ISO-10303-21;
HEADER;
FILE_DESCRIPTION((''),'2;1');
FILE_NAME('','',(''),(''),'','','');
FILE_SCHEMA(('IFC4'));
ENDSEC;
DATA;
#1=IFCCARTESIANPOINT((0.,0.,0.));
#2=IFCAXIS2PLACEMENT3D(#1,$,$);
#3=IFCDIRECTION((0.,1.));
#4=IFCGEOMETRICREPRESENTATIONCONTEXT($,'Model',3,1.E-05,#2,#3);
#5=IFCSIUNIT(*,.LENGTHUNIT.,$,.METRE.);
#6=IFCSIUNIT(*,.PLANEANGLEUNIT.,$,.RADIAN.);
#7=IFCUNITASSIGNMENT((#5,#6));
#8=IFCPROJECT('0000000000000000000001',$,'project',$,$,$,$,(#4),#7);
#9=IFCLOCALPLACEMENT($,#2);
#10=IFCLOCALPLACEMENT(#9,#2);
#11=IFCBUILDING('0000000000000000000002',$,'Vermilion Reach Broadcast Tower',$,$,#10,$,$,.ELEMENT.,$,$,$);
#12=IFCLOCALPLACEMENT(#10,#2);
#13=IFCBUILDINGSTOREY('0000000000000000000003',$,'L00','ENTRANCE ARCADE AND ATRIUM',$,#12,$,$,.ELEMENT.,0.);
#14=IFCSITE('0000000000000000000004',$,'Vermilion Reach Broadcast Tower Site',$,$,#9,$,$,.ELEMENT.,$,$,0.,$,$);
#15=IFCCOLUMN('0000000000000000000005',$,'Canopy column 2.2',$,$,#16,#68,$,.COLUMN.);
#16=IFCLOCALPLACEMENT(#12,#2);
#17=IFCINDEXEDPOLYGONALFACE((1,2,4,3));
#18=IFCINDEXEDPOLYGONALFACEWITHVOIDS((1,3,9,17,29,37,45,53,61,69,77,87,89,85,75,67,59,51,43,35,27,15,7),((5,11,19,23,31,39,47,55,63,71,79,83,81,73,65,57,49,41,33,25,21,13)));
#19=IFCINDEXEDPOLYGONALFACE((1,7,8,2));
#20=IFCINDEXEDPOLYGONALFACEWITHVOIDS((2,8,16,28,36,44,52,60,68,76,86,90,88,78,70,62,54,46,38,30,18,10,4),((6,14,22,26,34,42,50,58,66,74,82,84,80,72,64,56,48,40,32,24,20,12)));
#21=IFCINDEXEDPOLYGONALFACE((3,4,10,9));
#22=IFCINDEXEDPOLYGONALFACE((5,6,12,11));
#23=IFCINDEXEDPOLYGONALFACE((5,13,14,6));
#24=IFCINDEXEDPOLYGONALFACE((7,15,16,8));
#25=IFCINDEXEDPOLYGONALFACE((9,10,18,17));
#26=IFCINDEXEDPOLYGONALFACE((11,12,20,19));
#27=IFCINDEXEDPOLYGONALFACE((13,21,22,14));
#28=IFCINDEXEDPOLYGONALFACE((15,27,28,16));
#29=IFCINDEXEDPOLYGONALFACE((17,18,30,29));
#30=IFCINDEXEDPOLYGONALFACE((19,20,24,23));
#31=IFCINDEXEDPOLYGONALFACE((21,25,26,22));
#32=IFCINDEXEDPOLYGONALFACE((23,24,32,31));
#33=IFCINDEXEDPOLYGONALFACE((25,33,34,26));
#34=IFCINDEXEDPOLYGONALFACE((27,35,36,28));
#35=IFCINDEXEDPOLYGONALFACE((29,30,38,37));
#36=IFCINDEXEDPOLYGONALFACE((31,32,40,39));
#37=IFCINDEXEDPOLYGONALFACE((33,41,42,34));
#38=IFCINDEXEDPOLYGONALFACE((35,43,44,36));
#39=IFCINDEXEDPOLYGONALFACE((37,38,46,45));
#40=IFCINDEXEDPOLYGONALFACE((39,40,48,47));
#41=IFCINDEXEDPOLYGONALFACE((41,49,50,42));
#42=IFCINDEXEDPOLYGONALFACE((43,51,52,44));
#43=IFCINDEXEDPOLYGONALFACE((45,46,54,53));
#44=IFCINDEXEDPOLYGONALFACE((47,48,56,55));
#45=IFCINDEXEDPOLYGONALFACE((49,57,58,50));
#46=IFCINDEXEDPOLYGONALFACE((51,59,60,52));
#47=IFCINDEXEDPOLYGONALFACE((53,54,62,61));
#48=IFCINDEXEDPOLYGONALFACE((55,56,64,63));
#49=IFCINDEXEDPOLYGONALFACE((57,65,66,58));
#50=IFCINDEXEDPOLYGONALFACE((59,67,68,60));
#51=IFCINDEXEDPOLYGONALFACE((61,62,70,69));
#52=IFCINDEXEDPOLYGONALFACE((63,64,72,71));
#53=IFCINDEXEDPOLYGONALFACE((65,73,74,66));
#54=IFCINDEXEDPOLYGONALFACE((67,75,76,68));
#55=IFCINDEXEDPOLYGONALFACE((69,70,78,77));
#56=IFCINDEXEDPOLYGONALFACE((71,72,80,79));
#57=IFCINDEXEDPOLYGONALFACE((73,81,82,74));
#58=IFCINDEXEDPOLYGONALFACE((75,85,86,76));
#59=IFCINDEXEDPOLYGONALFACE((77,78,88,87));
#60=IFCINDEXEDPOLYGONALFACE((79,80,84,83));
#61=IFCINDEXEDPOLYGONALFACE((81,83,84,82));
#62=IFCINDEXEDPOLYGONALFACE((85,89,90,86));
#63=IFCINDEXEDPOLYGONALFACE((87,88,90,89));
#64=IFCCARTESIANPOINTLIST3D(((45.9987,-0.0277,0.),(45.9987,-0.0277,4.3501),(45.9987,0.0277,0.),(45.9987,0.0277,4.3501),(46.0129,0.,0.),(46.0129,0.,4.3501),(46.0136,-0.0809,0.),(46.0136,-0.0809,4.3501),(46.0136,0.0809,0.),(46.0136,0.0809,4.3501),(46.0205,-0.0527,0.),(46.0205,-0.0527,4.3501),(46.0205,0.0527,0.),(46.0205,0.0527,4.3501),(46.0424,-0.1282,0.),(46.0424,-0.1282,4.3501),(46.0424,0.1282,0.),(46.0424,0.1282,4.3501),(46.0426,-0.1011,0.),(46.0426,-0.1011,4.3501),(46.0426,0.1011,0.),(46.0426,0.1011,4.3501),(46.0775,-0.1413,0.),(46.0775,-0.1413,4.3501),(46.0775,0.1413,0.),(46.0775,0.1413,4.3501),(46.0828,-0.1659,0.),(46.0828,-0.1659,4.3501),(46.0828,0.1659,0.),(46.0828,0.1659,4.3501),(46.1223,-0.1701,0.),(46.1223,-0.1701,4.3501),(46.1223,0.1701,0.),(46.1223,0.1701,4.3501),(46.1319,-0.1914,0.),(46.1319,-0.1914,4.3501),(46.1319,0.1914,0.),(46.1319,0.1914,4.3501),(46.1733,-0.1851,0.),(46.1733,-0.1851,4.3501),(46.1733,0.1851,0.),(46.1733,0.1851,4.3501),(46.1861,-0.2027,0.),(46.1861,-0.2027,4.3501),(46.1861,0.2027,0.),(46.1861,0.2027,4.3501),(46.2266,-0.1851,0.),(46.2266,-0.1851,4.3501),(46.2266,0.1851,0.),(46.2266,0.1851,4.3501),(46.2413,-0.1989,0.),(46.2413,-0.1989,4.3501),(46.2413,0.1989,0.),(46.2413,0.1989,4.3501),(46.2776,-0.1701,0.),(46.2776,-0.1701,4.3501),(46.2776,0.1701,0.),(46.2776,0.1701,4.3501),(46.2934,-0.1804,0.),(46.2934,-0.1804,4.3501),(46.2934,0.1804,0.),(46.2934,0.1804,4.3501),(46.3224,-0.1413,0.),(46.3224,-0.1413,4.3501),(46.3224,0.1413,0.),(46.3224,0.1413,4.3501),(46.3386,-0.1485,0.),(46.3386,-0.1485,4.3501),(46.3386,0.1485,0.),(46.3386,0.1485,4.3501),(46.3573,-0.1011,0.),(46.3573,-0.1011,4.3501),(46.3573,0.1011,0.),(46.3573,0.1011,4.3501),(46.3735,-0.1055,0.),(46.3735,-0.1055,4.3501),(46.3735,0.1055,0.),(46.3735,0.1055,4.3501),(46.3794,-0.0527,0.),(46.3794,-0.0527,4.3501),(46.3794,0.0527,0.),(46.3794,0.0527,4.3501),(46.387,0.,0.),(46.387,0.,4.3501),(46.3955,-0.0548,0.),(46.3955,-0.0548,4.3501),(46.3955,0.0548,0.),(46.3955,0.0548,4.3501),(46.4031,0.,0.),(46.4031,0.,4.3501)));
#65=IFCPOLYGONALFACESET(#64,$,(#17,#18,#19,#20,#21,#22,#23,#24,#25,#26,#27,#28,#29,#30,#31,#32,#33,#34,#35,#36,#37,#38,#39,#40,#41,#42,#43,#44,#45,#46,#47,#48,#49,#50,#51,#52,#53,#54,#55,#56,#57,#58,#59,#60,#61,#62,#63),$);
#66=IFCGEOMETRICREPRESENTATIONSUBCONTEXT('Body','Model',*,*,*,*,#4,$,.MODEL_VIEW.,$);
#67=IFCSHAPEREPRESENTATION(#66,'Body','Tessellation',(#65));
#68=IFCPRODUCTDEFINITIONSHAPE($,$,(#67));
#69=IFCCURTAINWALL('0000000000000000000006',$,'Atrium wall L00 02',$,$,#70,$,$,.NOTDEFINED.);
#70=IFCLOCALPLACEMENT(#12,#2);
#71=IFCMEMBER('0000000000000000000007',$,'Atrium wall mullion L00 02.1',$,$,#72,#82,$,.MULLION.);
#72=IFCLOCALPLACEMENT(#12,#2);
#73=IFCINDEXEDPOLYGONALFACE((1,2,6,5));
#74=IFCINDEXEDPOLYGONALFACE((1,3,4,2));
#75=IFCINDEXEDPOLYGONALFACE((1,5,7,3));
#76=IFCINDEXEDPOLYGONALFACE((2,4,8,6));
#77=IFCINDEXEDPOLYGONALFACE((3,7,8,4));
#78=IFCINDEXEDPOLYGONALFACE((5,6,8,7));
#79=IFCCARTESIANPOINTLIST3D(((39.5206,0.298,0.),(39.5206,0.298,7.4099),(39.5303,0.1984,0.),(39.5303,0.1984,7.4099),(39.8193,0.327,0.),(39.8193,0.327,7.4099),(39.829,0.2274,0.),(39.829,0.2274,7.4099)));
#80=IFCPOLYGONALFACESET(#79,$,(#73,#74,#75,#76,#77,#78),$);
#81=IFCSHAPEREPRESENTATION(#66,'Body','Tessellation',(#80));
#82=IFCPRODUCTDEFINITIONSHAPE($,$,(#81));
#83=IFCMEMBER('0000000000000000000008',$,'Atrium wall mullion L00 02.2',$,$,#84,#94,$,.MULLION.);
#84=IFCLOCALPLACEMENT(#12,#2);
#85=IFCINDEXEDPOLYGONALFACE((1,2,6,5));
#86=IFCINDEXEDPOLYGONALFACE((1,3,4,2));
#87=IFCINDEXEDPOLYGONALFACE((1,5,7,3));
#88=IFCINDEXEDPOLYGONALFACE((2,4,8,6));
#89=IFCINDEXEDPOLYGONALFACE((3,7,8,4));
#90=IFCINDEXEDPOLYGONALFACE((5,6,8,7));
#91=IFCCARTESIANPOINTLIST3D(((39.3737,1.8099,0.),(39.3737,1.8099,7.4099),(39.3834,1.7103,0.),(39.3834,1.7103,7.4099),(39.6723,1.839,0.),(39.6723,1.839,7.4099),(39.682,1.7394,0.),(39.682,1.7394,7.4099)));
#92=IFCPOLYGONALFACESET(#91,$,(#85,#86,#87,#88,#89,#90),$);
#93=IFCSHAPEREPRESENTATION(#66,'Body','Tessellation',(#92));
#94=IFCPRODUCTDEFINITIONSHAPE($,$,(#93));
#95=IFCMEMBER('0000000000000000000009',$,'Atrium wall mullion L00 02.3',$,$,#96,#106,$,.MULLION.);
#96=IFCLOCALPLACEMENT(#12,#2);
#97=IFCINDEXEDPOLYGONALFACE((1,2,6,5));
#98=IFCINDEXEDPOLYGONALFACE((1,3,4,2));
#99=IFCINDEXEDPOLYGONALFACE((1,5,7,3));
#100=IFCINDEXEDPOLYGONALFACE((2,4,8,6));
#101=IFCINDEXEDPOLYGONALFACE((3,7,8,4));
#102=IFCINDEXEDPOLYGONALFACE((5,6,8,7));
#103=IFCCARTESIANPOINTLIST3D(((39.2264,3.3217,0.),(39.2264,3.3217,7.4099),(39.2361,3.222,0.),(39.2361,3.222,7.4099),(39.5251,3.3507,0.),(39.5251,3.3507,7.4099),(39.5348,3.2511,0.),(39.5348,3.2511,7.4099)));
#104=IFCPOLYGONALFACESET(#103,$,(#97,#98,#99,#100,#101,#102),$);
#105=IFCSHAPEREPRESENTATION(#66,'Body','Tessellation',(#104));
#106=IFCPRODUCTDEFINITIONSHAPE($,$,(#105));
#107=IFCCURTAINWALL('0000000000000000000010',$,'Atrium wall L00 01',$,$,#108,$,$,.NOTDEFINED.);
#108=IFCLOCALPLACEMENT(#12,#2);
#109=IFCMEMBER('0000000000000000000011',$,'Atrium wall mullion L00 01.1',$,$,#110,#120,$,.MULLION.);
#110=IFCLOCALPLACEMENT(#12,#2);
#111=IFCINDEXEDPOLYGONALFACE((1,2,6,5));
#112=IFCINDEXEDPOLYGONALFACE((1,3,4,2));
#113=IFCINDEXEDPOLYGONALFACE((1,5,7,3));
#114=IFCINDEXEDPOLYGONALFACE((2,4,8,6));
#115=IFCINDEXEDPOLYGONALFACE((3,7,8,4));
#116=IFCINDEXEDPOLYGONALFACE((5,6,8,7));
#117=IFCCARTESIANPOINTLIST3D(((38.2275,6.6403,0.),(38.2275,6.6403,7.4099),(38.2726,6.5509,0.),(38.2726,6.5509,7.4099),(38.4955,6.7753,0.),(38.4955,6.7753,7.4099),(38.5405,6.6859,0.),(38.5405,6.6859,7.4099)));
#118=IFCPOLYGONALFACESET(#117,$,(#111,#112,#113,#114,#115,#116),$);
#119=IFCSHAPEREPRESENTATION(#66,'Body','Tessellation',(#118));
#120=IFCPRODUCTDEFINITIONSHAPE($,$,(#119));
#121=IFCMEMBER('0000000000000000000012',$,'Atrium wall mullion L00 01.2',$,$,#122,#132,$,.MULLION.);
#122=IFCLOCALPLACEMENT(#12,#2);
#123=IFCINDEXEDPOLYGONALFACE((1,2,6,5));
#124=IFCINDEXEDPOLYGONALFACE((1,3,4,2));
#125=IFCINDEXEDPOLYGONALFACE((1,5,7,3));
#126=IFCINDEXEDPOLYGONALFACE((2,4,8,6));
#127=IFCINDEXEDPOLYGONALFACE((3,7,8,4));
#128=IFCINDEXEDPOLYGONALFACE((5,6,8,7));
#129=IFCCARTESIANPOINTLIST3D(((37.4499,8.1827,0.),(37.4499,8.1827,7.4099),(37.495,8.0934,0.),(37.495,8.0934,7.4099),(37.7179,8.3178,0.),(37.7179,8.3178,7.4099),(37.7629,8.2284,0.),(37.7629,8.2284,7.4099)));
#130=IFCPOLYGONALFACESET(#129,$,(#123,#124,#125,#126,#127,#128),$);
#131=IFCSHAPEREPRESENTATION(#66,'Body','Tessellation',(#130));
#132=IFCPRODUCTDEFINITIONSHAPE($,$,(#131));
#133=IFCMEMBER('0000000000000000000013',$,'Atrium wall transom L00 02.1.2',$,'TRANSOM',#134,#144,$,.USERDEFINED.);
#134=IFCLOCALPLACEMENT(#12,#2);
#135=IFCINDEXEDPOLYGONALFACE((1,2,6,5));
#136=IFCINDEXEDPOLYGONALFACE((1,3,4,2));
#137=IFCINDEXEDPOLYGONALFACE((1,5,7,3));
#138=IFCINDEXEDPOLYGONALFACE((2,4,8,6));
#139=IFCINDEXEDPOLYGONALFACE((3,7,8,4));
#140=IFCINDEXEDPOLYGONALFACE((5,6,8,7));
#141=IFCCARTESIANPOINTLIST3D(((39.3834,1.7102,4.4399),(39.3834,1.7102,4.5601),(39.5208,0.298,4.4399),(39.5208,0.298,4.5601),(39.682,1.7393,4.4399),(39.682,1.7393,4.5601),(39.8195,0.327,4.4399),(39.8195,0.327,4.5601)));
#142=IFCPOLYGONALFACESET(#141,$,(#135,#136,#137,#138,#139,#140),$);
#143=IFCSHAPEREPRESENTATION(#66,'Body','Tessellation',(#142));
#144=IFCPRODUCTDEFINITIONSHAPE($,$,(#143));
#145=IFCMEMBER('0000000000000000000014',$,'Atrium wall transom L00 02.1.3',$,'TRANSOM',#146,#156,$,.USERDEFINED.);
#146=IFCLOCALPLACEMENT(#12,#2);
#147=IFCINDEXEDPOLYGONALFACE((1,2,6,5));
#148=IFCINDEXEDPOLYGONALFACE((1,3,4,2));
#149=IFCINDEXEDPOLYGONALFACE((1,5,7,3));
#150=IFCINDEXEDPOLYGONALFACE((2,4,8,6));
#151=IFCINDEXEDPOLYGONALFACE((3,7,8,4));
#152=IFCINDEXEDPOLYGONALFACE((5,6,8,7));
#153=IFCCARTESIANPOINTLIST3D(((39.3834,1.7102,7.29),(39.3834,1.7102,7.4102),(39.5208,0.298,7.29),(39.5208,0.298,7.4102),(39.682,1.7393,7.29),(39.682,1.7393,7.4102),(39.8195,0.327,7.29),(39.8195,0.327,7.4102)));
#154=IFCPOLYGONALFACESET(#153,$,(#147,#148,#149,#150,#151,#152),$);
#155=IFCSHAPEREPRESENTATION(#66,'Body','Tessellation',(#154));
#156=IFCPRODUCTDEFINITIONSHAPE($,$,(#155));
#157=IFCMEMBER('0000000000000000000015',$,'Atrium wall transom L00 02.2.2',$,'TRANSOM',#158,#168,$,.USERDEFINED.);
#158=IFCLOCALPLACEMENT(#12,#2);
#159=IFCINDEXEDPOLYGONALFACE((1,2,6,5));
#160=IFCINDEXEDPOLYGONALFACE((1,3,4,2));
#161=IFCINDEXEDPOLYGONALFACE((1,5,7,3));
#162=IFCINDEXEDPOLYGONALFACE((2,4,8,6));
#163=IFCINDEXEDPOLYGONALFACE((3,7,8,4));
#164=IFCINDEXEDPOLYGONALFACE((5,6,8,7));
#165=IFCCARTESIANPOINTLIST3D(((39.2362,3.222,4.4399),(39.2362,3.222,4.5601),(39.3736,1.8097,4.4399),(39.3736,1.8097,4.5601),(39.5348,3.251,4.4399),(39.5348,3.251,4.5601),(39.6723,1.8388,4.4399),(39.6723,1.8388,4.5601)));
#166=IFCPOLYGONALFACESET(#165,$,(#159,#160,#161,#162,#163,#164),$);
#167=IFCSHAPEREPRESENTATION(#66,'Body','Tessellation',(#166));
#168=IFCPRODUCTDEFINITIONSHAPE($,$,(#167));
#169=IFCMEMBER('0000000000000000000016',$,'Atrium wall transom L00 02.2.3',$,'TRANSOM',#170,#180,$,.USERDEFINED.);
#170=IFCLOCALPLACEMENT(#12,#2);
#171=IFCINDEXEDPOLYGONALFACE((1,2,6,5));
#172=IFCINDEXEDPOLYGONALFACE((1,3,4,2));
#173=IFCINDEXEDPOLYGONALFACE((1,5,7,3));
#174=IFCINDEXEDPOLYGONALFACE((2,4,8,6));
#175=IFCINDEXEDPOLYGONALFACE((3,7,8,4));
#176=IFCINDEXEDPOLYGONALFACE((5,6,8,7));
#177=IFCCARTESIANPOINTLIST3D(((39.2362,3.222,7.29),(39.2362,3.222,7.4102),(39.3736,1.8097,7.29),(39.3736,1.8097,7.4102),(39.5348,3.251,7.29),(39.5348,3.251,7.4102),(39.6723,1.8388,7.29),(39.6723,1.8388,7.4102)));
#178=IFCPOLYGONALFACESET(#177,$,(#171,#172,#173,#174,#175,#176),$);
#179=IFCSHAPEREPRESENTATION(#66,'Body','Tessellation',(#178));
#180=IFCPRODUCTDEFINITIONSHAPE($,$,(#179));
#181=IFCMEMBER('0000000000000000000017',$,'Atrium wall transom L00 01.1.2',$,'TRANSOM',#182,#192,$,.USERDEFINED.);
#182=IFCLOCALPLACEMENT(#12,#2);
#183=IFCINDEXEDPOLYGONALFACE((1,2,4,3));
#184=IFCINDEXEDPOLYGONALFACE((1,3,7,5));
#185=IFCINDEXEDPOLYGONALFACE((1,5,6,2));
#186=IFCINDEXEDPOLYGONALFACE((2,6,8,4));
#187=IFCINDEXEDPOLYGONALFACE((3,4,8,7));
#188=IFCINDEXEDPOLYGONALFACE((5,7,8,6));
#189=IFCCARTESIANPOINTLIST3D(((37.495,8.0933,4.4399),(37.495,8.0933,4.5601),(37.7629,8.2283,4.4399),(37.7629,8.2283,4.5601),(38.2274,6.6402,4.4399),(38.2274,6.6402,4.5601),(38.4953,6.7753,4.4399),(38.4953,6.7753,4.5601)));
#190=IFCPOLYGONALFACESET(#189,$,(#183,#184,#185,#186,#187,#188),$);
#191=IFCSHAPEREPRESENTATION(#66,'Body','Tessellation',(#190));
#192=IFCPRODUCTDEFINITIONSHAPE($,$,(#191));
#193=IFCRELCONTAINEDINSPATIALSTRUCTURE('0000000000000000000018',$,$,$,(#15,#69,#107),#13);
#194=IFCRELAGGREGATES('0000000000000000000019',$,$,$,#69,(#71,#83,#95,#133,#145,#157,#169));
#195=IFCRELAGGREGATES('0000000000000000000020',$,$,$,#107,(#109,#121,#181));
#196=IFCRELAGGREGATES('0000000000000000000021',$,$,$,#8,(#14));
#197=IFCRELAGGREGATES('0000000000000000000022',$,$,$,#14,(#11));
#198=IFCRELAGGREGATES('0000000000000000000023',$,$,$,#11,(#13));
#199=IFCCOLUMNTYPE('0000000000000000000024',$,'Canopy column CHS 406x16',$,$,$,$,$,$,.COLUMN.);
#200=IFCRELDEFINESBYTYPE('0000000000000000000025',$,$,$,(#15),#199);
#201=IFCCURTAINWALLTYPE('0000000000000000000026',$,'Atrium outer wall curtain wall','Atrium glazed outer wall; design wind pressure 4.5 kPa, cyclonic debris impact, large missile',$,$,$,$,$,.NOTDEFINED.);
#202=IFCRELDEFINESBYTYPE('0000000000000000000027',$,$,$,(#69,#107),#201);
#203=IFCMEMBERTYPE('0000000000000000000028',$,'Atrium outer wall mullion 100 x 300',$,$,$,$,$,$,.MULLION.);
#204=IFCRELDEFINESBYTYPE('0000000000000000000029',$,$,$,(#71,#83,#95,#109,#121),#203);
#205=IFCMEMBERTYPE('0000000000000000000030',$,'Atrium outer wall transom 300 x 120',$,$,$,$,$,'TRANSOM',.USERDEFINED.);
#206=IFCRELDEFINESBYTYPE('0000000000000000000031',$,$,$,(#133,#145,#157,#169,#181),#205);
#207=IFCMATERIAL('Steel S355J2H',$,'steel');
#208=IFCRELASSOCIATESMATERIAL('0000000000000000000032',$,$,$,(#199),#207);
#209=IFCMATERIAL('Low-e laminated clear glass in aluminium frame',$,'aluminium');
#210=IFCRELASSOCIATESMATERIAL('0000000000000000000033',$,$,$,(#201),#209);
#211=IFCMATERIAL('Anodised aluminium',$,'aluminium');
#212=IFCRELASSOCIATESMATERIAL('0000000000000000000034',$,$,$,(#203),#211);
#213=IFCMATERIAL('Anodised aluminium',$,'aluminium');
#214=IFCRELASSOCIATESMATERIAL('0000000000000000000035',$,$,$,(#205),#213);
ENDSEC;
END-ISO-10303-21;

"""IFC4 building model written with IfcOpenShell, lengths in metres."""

from ifc_helpers import new_model, si_unit, direction, frame, origin, origin_2d, place, context, subcontext, project, spatial, rectangle, hollow_circle, extrude, material, material_profile, profile_set, type_object, element, aggregate, save


model = new_model("IFC4")

# Units and contexts
model_context = context("Model", 3, precision=1e-05, world=origin(), true_north=direction((0.0, 1.0)))
body_context = subcontext(model_context, "Body", "Model", "MODEL_VIEW")
ifc_project = project(units=[si_unit("LENGTHUNIT", "METRE"), si_unit("PLANEANGLEUNIT", "RADIAN")], contexts=[model_context])

# Site, building, storey
site_placement = place(None, origin())
site = spatial("IfcSite", under=ifc_project, at=site_placement, Name="Vermilion Reach Broadcast Tower Site", CompositionType="ELEMENT", RefElevation=0.0)
building_placement = place(site_placement, origin())
building = spatial("IfcBuilding", under=site, at=building_placement, Name="Vermilion Reach Broadcast Tower", CompositionType="ELEMENT")
storey_placement = place(building_placement, origin())
storey = spatial("IfcBuildingStorey", under=building, at=storey_placement, Name="L00", Description="ENTRANCE ARCADE AND ATRIUM", CompositionType="ELEMENT", Elevation=0.0)

# Column
ifc_material_1 = material(Name="Steel S355J2H", Category="steel")
ifc_material_profile_1 = material_profile(ifc_material_1, hollow_circle(Radius=0.2031, WallThickness=0.0161, at=origin_2d()), Name="S355J2H CHS 406x16")
ifc_profile_set_1 = profile_set([ifc_material_profile_1], Name="Steel S355J2H")
column_type_1 = type_object("IfcColumnType", Name="Canopy column CHS 406x16", PredefinedType="COLUMN", material=ifc_profile_set_1)
column_1_placement = place(storey_placement, frame((46.2, 0.0, 0.0), z_axis=(0.0, 0.0, 1.0), x_axis=(1.0, 0.0, 0.0)))
element("IfcColumn", 1, at=column_1_placement, inside=storey, type_object=column_type_1, Name="Canopy column 2.2", PredefinedType="COLUMN", context=body_context, shape_type="SweptSolid", body=[
    extrude(hollow_circle(Radius=0.2031, WallThickness=0.0161, at=origin_2d()), origin(), (0.0, 0.0, 1.0), 4.3501),
])

# Curtain walls, members
ifc_material_2 = material(Name="Low-e laminated clear glass in aluminium frame", Category="aluminium")
curtain_wall_type = type_object("IfcCurtainWallType", Name="Atrium outer wall curtain wall", Description="Atrium glazed outer wall; design wind pressure 4.5 kPa, cyclonic debris impact, large missile", PredefinedType="NOTDEFINED", material=ifc_material_2)
placement = place(storey_placement, origin())
curtain_wall_1 = element("IfcCurtainWall", 2, at=placement, inside=storey, type_object=curtain_wall_type, Name="Atrium wall L00 02", PredefinedType="NOTDEFINED")
ifc_material_3 = material(Name="Anodised aluminium", Category="aluminium")
ifc_material_profile_2 = material_profile(ifc_material_3, rectangle(XDim=0.3, YDim=0.1001, at=origin_2d()), Name="Atrium outer wall mullion 100 x 300")
ifc_profile_set_2 = profile_set([ifc_material_profile_2], Name="Anodised aluminium")
member_type_1 = type_object("IfcMemberType", Name="Atrium outer wall mullion 100 x 300", PredefinedType="MULLION", material=ifc_profile_set_2)
member_1_placement = place(storey_placement, frame((39.6748, 0.2627, 0.0), z_axis=(0.0, 0.0, 1.0), x_axis=(-0.995298, -0.096861, 0.0)))
member_1 = element("IfcMember", 3, at=member_1_placement, type_object=member_type_1, Name="Atrium wall mullion L00 02.1", PredefinedType="MULLION", context=body_context, shape_type="SweptSolid", body=[
    extrude(rectangle(XDim=0.3, YDim=0.1001, at=origin_2d()), origin(), (0.0, 0.0, 1.0), 7.4099),
])
member_2_placement = place(storey_placement, frame((39.5278, 1.7747, 0.0), z_axis=(0.0, 0.0, 1.0), x_axis=(-0.995298, -0.096861, 0.0)))
member_2 = element("IfcMember", 4, at=member_2_placement, type_object=member_type_1, Name="Atrium wall mullion L00 02.2", PredefinedType="MULLION", context=body_context, shape_type="SweptSolid", body=[
    extrude(rectangle(XDim=0.3, YDim=0.1001, at=origin_2d()), origin(), (0.0, 0.0, 1.0), 7.4099),
])
member_3_placement = place(storey_placement, frame((39.3806, 3.2864, 0.0), z_axis=(0.0, 0.0, 1.0), x_axis=(-0.995298, -0.096861, 0.0)))
member_3 = element("IfcMember", 5, at=member_3_placement, type_object=member_type_1, Name="Atrium wall mullion L00 02.3", PredefinedType="MULLION", context=body_context, shape_type="SweptSolid", body=[
    extrude(rectangle(XDim=0.3, YDim=0.1001, at=origin_2d()), origin(), (0.0, 0.0, 1.0), 7.4099),
])
curtain_wall_2 = element("IfcCurtainWall", 6, at=placement, inside=storey, type_object=curtain_wall_type, Name="Atrium wall L00 01", PredefinedType="NOTDEFINED")
member_4_placement = place(storey_placement, frame((38.384, 6.6631, 0.0), z_axis=(0.0, 0.0, 1.0), x_axis=(-0.892992, -0.450072, 0.0)))
member_4 = element("IfcMember", 7, at=member_4_placement, type_object=member_type_1, Name="Atrium wall mullion L00 01.1", PredefinedType="MULLION", context=body_context, shape_type="SweptSolid", body=[
    extrude(rectangle(XDim=0.3, YDim=0.1001, at=origin_2d()), origin(), (0.0, 0.0, 1.0), 7.4099),
])
member_5_placement = place(storey_placement, frame((37.6064, 8.2056, 0.0), z_axis=(0.0, 0.0, 1.0), x_axis=(-0.892992, -0.450072, 0.0)))
member_5 = element("IfcMember", 8, at=member_5_placement, type_object=member_type_1, Name="Atrium wall mullion L00 01.2", PredefinedType="MULLION", context=body_context, shape_type="SweptSolid", body=[
    extrude(rectangle(XDim=0.3, YDim=0.1001, at=origin_2d()), origin(), (0.0, 0.0, 1.0), 7.4099),
])

# Members
ifc_material_4 = material(Name="Anodised aluminium", Category="aluminium")
ifc_material_profile_3 = material_profile(ifc_material_4, rectangle(XDim=0.3, YDim=0.1201, at=origin_2d()), Name="Atrium outer wall transom 300 x 120")
ifc_profile_set_3 = profile_set([ifc_material_profile_3], Name="Anodised aluminium")
member_type_2 = type_object("IfcMemberType", Name="Atrium outer wall transom 300 x 120", ElementType="TRANSOM", PredefinedType="USERDEFINED", material=ifc_profile_set_3)
member_6_placement = place(storey_placement, frame((39.6702, 0.3125, 4.5), z_axis=(-0.096863, 0.995298, 0.0), x_axis=(-0.995298, -0.096863, 0.0)))
member_6 = element("IfcMember", 9, at=member_6_placement, type_object=member_type_2, Name="Atrium wall transom L00 02.1.2", ObjectType="TRANSOM", PredefinedType="USERDEFINED", context=body_context, shape_type="SweptSolid", body=[
    extrude(rectangle(XDim=0.3, YDim=0.1201, at=origin_2d()), origin(), (0.0, 0.0, 1.0), 1.4189),
])
member_7_placement = place(storey_placement, frame((39.6702, 0.3125, 7.3501), z_axis=(-0.096863, 0.995298, 0.0), x_axis=(-0.995298, -0.096863, 0.0)))
member_7 = element("IfcMember", 10, at=member_7_placement, type_object=member_type_2, Name="Atrium wall transom L00 02.1.3", ObjectType="TRANSOM", PredefinedType="USERDEFINED", context=body_context, shape_type="SweptSolid", body=[
    extrude(rectangle(XDim=0.3, YDim=0.1201, at=origin_2d()), origin(), (0.0, 0.0, 1.0), 1.4189),
])
member_8_placement = place(storey_placement, frame((39.5229, 1.8242, 4.5), z_axis=(-0.096863, 0.995298, 0.0), x_axis=(-0.995298, -0.096863, 0.0)))
member_8 = element("IfcMember", 11, at=member_8_placement, type_object=member_type_2, Name="Atrium wall transom L00 02.2.2", ObjectType="TRANSOM", PredefinedType="USERDEFINED", context=body_context, shape_type="SweptSolid", body=[
    extrude(rectangle(XDim=0.3, YDim=0.1201, at=origin_2d()), origin(), (0.0, 0.0, 1.0), 1.4189),
])
member_9_placement = place(storey_placement, frame((39.5229, 1.8242, 7.3501), z_axis=(-0.096863, 0.995298, 0.0), x_axis=(-0.995298, -0.096863, 0.0)))
member_9 = element("IfcMember", 12, at=member_9_placement, type_object=member_type_2, Name="Atrium wall transom L00 02.2.3", ObjectType="TRANSOM", PredefinedType="USERDEFINED", context=body_context, shape_type="SweptSolid", body=[
    extrude(rectangle(XDim=0.3, YDim=0.1201, at=origin_2d()), origin(), (0.0, 0.0, 1.0), 1.4189),
])
member_10_placement = place(storey_placement, frame((38.3613, 6.7078, 4.5), z_axis=(-0.450092, 0.892982, 0.0), x_axis=(-0.892982, -0.450092, 0.0)))
member_10 = element("IfcMember", 13, at=member_10_placement, type_object=member_type_2, Name="Atrium wall transom L00 01.1.2", ObjectType="TRANSOM", PredefinedType="USERDEFINED", context=body_context, shape_type="SweptSolid", body=[
    extrude(rectangle(XDim=0.3, YDim=0.1201, at=origin_2d()), origin(), (0.0, 0.0, 1.0), 1.6272),
])

aggregate(curtain_wall_1, [member_1, member_2, member_3, member_6, member_7, member_8, member_9])
aggregate(curtain_wall_2, [member_4, member_5, member_10])

save(model, "model.ifc")
